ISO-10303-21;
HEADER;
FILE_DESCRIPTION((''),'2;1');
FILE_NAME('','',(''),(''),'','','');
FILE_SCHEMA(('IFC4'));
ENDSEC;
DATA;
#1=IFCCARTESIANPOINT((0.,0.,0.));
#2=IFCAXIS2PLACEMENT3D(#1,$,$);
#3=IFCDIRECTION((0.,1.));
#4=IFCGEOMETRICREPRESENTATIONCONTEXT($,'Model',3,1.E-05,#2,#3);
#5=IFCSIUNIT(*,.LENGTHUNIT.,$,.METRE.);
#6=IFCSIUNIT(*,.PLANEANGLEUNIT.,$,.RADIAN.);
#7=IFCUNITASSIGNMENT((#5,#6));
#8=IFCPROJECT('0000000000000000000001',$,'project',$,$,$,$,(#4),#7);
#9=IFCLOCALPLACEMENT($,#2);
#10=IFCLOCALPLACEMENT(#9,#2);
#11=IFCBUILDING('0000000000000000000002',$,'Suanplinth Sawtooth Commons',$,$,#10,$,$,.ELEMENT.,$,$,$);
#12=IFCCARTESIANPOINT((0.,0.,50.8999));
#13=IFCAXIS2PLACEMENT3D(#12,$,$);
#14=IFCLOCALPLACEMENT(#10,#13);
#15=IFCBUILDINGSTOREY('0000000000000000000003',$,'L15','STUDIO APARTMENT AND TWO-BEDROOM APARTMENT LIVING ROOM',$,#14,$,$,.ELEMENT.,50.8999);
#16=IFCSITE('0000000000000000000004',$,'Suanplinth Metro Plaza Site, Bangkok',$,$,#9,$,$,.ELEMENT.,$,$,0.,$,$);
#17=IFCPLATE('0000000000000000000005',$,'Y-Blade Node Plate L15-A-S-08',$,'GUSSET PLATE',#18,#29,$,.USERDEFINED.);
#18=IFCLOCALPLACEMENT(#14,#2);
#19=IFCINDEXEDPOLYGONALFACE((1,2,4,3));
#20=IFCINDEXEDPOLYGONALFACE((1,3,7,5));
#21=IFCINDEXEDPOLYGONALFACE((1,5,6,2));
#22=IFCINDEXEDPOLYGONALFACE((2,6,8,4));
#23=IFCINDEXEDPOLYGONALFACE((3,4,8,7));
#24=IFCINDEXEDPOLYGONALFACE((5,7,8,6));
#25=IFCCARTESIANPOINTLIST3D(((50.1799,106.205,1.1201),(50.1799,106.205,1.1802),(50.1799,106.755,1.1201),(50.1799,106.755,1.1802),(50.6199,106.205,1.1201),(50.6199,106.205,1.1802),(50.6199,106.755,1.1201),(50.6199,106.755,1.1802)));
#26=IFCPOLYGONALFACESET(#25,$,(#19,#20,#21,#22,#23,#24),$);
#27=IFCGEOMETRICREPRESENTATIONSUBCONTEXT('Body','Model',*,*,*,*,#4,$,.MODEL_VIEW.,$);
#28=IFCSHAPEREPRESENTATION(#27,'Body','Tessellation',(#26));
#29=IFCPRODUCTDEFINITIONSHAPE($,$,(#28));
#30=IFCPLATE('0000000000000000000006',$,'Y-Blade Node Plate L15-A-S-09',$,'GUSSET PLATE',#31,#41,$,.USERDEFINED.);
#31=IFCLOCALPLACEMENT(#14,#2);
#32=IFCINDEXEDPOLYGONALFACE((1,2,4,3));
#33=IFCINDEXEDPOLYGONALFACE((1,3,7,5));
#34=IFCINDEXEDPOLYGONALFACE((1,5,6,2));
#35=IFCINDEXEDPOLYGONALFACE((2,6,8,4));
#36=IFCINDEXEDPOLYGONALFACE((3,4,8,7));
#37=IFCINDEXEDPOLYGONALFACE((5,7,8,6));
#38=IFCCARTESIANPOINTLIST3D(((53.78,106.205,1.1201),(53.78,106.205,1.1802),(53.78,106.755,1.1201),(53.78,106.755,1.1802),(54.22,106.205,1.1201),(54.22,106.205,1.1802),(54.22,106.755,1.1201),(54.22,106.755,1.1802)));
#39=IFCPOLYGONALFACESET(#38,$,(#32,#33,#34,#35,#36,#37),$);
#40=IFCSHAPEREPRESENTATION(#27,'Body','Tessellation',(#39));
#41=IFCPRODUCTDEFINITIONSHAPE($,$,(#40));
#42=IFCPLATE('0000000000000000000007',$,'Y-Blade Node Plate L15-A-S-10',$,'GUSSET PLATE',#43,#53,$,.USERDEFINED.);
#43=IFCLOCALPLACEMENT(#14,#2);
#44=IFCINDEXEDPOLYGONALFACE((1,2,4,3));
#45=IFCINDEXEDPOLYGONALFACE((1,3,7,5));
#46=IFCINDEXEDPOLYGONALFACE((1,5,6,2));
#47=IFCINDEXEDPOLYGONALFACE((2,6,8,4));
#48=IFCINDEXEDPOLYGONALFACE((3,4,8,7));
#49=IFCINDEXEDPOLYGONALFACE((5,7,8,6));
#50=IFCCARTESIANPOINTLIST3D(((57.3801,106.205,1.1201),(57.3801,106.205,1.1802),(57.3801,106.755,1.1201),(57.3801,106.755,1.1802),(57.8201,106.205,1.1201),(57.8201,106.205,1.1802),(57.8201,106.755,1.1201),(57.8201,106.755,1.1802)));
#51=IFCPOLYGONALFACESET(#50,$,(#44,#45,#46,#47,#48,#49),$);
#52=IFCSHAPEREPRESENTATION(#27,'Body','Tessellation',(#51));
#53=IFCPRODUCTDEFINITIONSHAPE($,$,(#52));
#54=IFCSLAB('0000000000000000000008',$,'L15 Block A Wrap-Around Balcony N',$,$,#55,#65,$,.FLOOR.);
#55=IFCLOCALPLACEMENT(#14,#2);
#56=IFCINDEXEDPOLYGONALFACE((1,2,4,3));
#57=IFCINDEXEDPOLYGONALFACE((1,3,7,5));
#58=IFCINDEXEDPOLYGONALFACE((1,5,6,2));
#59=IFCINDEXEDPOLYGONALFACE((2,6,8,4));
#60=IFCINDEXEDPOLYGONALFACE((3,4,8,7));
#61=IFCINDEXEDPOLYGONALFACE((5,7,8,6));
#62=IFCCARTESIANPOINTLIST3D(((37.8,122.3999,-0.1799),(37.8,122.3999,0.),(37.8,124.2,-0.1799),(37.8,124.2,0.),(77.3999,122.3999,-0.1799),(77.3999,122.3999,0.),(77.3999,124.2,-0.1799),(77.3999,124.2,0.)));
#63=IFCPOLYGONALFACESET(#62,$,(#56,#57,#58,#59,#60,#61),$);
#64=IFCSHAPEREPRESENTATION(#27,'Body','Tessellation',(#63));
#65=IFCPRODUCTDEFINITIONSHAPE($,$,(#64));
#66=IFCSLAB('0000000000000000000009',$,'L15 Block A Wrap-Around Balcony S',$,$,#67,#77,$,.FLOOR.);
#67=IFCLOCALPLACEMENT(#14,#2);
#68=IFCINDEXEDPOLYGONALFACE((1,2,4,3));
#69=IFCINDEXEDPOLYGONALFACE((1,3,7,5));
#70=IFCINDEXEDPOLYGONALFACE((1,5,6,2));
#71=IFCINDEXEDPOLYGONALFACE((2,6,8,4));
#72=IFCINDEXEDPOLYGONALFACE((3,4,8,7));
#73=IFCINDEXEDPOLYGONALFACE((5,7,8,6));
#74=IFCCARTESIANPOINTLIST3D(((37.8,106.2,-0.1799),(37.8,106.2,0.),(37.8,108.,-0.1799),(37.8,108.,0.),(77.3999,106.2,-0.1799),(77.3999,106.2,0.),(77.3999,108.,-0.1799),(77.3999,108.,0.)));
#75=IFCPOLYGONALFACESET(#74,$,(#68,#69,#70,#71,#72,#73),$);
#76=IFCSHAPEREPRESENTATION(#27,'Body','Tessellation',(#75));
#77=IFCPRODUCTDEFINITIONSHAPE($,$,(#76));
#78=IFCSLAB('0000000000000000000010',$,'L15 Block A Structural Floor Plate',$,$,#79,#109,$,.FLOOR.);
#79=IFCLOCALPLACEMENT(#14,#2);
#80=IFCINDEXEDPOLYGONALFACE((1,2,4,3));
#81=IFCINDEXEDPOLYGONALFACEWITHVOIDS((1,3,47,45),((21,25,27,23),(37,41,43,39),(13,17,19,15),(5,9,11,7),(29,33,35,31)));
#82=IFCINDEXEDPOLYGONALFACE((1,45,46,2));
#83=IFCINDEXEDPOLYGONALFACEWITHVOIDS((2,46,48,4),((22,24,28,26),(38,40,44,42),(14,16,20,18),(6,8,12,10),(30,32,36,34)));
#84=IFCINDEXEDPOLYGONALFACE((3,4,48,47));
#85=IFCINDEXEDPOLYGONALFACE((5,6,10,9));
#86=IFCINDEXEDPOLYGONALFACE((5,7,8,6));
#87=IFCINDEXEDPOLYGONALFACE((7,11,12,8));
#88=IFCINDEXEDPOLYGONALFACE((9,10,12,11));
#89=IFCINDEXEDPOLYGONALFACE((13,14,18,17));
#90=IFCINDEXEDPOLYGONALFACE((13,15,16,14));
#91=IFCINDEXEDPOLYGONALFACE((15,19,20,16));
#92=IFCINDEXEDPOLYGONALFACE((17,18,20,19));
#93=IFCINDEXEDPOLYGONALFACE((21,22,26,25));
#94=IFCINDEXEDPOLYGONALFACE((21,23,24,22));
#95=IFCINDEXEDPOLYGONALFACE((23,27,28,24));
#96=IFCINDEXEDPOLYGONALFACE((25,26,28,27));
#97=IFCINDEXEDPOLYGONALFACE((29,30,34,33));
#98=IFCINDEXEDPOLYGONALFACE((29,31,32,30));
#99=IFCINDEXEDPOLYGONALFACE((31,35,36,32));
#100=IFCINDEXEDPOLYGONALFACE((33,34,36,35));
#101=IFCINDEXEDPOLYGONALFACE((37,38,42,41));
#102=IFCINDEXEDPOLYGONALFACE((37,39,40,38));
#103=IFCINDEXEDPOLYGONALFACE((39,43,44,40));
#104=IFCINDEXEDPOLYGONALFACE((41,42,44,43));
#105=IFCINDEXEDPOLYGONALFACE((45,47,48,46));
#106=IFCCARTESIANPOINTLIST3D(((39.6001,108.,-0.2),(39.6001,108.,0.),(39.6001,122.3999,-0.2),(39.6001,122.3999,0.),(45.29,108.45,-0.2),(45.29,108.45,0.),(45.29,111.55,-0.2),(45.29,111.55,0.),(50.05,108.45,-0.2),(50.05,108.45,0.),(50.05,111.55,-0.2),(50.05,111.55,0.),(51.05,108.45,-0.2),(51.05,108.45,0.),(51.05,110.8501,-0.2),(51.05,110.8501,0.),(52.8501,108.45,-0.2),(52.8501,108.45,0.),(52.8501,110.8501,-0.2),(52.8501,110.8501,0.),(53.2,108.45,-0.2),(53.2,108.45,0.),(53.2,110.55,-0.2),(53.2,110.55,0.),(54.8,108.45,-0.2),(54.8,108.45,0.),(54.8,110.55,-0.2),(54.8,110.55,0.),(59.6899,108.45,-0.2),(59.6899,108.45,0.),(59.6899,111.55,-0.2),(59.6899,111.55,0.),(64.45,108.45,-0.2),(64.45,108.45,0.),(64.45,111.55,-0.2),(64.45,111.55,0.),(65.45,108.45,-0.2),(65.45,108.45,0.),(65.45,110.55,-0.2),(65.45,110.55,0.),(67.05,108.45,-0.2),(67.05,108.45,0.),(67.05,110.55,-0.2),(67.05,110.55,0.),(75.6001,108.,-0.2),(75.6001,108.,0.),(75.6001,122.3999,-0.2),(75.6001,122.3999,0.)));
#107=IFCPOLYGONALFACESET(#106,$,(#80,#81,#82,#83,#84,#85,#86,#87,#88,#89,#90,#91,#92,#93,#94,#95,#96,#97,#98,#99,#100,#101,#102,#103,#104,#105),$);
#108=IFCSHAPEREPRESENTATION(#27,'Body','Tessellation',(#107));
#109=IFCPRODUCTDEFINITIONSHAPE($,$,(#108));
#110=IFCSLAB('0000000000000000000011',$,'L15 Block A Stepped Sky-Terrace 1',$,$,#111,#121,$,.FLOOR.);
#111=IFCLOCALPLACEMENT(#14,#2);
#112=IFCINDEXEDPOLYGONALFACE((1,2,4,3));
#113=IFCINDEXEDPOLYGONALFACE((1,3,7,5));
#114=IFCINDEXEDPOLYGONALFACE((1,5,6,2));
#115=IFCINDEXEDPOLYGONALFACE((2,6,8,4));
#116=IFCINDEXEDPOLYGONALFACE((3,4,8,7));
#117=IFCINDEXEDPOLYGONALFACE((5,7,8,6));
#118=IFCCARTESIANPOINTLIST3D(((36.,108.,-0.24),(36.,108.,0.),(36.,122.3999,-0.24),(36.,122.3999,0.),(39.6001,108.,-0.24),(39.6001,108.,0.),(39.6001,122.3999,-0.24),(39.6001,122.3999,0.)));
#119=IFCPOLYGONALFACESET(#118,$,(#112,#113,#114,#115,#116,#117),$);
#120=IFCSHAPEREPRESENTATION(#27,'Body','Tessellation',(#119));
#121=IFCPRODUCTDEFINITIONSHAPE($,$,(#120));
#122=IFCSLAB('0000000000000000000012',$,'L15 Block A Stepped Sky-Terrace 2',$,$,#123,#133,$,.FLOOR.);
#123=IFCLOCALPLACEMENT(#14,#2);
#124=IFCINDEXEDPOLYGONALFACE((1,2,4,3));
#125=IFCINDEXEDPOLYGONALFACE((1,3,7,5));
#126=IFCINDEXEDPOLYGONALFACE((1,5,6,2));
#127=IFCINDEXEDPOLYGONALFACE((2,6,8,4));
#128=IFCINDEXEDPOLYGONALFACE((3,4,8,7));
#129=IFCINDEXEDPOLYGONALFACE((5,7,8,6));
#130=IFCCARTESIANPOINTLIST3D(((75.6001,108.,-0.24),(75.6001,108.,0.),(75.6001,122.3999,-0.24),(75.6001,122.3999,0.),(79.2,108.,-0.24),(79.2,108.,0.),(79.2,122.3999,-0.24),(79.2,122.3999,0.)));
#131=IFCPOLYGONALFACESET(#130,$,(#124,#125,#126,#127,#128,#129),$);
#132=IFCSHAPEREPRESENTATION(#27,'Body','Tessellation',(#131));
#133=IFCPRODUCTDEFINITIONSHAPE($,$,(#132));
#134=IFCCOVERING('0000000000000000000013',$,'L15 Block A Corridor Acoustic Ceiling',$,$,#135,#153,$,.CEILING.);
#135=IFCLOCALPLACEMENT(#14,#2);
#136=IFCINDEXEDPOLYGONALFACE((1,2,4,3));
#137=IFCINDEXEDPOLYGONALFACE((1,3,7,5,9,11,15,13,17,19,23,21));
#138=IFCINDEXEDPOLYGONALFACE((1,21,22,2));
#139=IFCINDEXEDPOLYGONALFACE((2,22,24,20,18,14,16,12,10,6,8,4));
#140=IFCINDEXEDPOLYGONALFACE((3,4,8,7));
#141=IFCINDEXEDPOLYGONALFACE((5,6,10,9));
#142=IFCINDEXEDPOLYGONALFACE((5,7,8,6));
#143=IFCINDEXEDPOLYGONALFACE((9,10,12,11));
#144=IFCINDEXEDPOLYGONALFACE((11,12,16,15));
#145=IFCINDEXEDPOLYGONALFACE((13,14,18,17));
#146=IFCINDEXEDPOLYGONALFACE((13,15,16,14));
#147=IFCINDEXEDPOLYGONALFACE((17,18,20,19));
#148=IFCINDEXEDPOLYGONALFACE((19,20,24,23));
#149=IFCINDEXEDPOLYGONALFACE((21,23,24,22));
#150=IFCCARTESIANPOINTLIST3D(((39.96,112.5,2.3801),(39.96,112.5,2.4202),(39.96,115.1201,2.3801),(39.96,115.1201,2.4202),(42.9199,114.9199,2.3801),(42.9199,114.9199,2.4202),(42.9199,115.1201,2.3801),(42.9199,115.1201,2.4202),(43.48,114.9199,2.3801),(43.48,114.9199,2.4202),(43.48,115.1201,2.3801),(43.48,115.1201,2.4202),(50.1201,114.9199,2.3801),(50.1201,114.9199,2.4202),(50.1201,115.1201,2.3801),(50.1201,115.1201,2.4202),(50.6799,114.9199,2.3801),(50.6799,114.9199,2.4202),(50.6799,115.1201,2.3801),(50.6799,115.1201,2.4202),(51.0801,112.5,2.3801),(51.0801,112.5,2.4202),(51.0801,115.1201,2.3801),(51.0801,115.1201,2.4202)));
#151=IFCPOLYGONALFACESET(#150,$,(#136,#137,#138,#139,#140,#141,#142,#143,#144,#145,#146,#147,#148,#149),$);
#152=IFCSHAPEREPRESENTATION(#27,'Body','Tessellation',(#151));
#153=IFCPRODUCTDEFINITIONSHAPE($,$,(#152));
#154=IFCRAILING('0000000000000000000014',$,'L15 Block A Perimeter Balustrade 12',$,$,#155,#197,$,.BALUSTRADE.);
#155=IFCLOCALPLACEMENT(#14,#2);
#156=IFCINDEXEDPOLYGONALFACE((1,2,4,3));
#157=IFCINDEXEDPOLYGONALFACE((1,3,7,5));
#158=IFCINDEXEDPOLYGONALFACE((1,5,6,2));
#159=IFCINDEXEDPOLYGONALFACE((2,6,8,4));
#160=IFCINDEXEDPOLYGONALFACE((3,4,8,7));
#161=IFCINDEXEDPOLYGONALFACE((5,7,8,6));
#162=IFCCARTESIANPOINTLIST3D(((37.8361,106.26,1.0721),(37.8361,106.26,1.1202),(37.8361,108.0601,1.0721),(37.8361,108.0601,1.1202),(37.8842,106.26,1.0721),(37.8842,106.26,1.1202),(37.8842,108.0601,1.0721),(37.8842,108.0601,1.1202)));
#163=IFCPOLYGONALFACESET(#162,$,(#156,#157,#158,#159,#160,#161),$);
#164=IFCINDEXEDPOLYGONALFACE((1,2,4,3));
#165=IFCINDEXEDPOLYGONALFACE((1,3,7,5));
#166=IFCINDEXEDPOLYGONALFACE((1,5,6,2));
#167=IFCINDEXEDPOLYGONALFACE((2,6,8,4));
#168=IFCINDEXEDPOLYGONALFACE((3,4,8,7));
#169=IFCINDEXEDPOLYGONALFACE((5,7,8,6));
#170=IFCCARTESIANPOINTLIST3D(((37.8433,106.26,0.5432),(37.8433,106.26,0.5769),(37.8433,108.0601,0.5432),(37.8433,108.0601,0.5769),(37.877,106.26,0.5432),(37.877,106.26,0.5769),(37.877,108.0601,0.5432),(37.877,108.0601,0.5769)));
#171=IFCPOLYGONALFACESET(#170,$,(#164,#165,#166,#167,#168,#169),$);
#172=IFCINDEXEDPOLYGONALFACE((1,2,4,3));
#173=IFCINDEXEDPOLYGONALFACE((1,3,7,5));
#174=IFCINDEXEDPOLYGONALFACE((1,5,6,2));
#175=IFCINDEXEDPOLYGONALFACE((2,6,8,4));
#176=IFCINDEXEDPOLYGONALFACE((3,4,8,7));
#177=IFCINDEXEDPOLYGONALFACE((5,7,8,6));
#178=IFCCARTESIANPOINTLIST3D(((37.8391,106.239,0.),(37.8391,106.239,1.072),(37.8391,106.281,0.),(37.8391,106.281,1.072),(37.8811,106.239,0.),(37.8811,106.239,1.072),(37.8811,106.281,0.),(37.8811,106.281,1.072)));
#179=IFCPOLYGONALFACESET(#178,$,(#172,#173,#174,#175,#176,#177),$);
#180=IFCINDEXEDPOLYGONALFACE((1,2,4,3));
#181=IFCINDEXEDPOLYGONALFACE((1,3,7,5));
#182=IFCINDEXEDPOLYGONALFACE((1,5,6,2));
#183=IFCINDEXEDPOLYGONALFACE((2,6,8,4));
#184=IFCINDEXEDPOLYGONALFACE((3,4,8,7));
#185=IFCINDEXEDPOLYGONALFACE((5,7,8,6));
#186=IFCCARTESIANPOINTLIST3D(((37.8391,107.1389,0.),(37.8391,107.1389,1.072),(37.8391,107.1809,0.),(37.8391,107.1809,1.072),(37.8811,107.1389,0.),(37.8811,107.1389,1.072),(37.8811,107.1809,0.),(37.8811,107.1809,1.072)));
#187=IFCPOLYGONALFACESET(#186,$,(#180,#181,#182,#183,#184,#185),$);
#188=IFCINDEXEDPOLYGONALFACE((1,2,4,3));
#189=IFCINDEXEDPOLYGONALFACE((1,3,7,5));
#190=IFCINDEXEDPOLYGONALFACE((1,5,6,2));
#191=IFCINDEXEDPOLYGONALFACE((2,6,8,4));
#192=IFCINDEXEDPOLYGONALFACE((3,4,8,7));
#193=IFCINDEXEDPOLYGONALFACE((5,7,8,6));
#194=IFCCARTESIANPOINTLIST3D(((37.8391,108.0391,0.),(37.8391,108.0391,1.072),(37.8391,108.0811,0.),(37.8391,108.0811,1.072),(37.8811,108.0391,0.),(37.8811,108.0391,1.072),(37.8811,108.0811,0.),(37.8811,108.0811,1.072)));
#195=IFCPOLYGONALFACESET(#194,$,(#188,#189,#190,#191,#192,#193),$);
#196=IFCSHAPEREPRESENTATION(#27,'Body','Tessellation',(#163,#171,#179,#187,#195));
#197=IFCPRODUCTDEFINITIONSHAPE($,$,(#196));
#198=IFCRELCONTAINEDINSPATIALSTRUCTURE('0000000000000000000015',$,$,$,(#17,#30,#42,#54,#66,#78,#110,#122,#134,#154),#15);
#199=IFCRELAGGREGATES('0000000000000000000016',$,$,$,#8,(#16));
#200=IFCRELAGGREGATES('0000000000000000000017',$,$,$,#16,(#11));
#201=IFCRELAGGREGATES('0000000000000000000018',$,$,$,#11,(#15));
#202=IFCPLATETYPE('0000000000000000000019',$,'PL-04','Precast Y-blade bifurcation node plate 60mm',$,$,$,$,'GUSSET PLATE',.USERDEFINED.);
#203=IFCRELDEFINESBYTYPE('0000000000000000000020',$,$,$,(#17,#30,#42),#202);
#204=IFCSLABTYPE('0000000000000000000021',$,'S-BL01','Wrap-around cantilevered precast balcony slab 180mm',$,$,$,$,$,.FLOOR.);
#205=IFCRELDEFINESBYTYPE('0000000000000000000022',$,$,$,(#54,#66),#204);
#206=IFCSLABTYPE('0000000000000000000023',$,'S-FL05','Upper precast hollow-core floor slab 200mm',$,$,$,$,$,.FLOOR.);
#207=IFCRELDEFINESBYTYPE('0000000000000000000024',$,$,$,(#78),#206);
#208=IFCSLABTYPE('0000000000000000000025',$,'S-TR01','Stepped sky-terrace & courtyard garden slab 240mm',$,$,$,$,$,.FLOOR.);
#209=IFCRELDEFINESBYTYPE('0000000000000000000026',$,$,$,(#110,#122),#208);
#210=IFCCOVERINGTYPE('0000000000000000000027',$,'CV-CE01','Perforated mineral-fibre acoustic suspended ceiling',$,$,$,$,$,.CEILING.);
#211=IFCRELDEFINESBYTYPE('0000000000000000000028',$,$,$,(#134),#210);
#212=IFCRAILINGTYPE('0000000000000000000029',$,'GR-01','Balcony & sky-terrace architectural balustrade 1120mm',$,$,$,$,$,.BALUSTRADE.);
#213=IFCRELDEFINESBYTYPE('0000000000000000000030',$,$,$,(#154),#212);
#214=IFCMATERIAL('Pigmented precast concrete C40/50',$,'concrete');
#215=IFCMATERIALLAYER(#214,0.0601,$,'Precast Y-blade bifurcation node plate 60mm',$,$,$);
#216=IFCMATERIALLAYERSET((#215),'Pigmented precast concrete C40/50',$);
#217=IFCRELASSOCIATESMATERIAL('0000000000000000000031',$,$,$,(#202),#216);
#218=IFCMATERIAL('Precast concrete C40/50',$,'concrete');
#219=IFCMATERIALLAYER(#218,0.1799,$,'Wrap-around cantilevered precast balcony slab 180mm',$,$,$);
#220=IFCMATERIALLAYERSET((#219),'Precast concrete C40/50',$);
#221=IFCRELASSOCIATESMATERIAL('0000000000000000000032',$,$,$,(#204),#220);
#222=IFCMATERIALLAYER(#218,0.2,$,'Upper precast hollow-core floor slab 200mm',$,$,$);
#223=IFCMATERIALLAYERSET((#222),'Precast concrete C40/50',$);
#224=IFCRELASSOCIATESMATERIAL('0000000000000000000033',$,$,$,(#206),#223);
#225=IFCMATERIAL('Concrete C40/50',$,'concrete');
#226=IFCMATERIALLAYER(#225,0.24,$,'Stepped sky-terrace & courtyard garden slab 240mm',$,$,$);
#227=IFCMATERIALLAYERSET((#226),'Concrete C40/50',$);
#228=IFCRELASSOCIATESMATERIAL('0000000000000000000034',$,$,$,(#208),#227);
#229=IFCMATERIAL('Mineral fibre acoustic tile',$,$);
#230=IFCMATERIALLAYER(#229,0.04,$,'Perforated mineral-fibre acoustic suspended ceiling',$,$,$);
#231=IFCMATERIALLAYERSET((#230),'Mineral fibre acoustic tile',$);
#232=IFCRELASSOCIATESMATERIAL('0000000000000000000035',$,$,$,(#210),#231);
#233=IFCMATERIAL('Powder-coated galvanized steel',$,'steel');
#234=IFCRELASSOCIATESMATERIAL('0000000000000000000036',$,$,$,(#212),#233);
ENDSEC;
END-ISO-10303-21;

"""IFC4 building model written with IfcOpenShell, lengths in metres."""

from ifc_helpers import new_model, si_unit, direction, frame, origin, origin_2d, place, context, subcontext, project, spatial, polyline, rectangle, outline, extrude, material, layer, layer_set, type_object, element, save


model = new_model("IFC4")

# Units and contexts
model_context = context("Model", 3, precision=1e-05, world=origin(), true_north=direction((0.0, 1.0)))
body_context = subcontext(model_context, "Body", "Model", "MODEL_VIEW")
ifc_project = project(units=[si_unit("LENGTHUNIT", "METRE"), si_unit("PLANEANGLEUNIT", "RADIAN")], contexts=[model_context])

# Site, building, storey
site_placement = place(None, origin())
site = spatial("IfcSite", under=ifc_project, at=site_placement, Name="Suanplinth Metro Plaza Site, Bangkok", CompositionType="ELEMENT", RefElevation=0.0)
building_placement = place(site_placement, origin())
building = spatial("IfcBuilding", under=site, at=building_placement, Name="Suanplinth Sawtooth Commons", CompositionType="ELEMENT")
storey_placement = place(building_placement, frame((0.0, 0.0, 50.8999)))
storey = spatial("IfcBuildingStorey", under=building, at=storey_placement, Name="L15", Description="STUDIO APARTMENT AND TWO-BEDROOM APARTMENT LIVING ROOM", CompositionType="ELEMENT", Elevation=50.8999)

# Shared definitions
ifc_material_1 = material(Name="Precast concrete C40/50", Category="concrete")

# Shared definitions
ifc_material_2 = material(Name="Pigmented precast concrete C40/50", Category="concrete")

# Plates
ifc_layer_1 = layer(ifc_material_2, 0.0601, Name="Precast Y-blade bifurcation node plate 60mm")
ifc_layer_set_1 = layer_set([ifc_layer_1], Name="Pigmented precast concrete C40/50")
plate_type = type_object("IfcPlateType", Name="PL-04", Description="Precast Y-blade bifurcation node plate 60mm", ElementType="GUSSET PLATE", PredefinedType="USERDEFINED", material=ifc_layer_set_1)
for number, where, z_axis, x_axis, name in (
    (1, (50.3999, 106.48, 1.1201), (0.0, 0.0, 1.0), (1.0, 0.0, 0.0), "Y-Blade Node Plate L15-A-S-08"),
    (2, (54.0, 106.48, 1.1201), (0.0, 0.0, 1.0), (1.0, 0.0, 0.0), "Y-Blade Node Plate L15-A-S-09"),
    (3, (57.6001, 106.48, 1.1201), (0.0, 0.0, 1.0), (1.0, 0.0, 0.0), "Y-Blade Node Plate L15-A-S-10"),
):
    element("IfcPlate", number, at=place(storey_placement, frame(where, z_axis=z_axis, x_axis=x_axis)), inside=storey, type_object=plate_type, Name=name, ObjectType="GUSSET PLATE", PredefinedType="USERDEFINED", context=body_context, shape_type="SweptSolid", body=[
        extrude(rectangle(XDim=0.4399, YDim=0.55, at=origin_2d()), origin(), (0.0, 0.0, 1.0), 0.0601),
    ])

# Slabs
ifc_layer_2 = layer(ifc_material_1, 0.1799, Name="Wrap-around cantilevered precast balcony slab 180mm")
ifc_layer_set_2 = layer_set([ifc_layer_2], Name="Precast concrete C40/50")
slab_type_1 = type_object("IfcSlabType", Name="S-BL01", Description="Wrap-around cantilevered precast balcony slab 180mm", PredefinedType="FLOOR", material=ifc_layer_set_2)
slab_1_placement = place(storey_placement, frame((0.0, 0.0, -0.1799)))
element("IfcSlab", 4, at=slab_1_placement, inside=storey, type_object=slab_type_1, Name="L15 Block A Wrap-Around Balcony N", PredefinedType="FLOOR", context=body_context, shape_type="SweptSolid", body=[
    extrude(outline(polyline([(37.8, 124.2), (77.3999, 124.2), (77.3999, 122.3999), (37.8, 122.3999), (37.8, 124.2)])), origin(), (0.0, 0.0, 1.0), 0.1799),
])
slab_2_placement = place(storey_placement, frame((0.0, 0.0, -0.1799)))
element("IfcSlab", 5, at=slab_2_placement, inside=storey, type_object=slab_type_1, Name="L15 Block A Wrap-Around Balcony S", PredefinedType="FLOOR", context=body_context, shape_type="SweptSolid", body=[
    extrude(outline(polyline([(77.3999, 106.2), (37.8, 106.2), (37.8, 108.0), (77.3999, 108.0), (77.3999, 106.2)])), origin(), (0.0, 0.0, 1.0), 0.1799),
])
ifc_layer_3 = layer(ifc_material_1, 0.2, Name="Upper precast hollow-core floor slab 200mm")
ifc_layer_set_3 = layer_set([ifc_layer_3], Name="Precast concrete C40/50")
slab_type_2 = type_object("IfcSlabType", Name="S-FL05", Description="Upper precast hollow-core floor slab 200mm", PredefinedType="FLOOR", material=ifc_layer_set_3)
slab_3_placement = place(storey_placement, frame((0.0, 0.0, -0.2)))
element("IfcSlab", 6, at=slab_3_placement, inside=storey, type_object=slab_type_2, Name="L15 Block A Structural Floor Plate", PredefinedType="FLOOR", context=body_context, shape_type="SweptSolid", body=[
    extrude(outline(polyline([(39.6001, 108.0), (75.6001, 108.0), (75.6001, 122.3999), (39.6001, 122.3999), (39.6001, 108.0)]), holes=[polyline([(45.29, 108.45), (50.05, 108.45), (50.05, 111.55), (45.29, 111.55), (45.29, 108.45)]), polyline([(51.05, 108.45), (52.8501, 108.45), (52.8501, 110.8501), (51.05, 110.8501), (51.05, 108.45)]), polyline([(53.2, 108.45), (54.8, 108.45), (54.8, 110.55), (53.2, 110.55), (53.2, 108.45)]), polyline([(59.6899, 108.45), (64.45, 108.45), (64.45, 111.55), (59.6899, 111.55), (59.6899, 108.45)]), polyline([(65.45, 108.45), (67.05, 108.45), (67.05, 110.55), (65.45, 110.55), (65.45, 108.45)])]), origin(), (0.0, 0.0, 1.0), 0.2),
])
ifc_material_3 = material(Name="Concrete C40/50", Category="concrete")
ifc_layer_4 = layer(ifc_material_3, 0.24, Name="Stepped sky-terrace & courtyard garden slab 240mm")
ifc_layer_set_4 = layer_set([ifc_layer_4], Name="Concrete C40/50")
slab_type_3 = type_object("IfcSlabType", Name="S-TR01", Description="Stepped sky-terrace & courtyard garden slab 240mm", PredefinedType="FLOOR", material=ifc_layer_set_4)
slab_4_placement = place(storey_placement, frame((0.0, 0.0, -0.24)))
element("IfcSlab", 7, at=slab_4_placement, inside=storey, type_object=slab_type_3, Name="L15 Block A Stepped Sky-Terrace 1", PredefinedType="FLOOR", context=body_context, shape_type="SweptSolid", body=[
    extrude(outline(polyline([(36.0, 108.0), (36.0, 122.3999), (39.6001, 122.3999), (39.6001, 108.0), (36.0, 108.0)])), origin(), (0.0, 0.0, 1.0), 0.24),
])
slab_5_placement = place(storey_placement, frame((0.0, 0.0, -0.24)))
element("IfcSlab", 8, at=slab_5_placement, inside=storey, type_object=slab_type_3, Name="L15 Block A Stepped Sky-Terrace 2", PredefinedType="FLOOR", context=body_context, shape_type="SweptSolid", body=[
    extrude(outline(polyline([(79.2, 122.3999), (79.2, 108.0), (75.6001, 108.0), (75.6001, 122.3999), (79.2, 122.3999)])), origin(), (0.0, 0.0, 1.0), 0.24),
])

# Covering
ifc_material_4 = material(Name="Mineral fibre acoustic tile")
ifc_layer_5 = layer(ifc_material_4, 0.04, Name="Perforated mineral-fibre acoustic suspended ceiling")
ifc_layer_set_5 = layer_set([ifc_layer_5], Name="Mineral fibre acoustic tile")
covering_type = type_object("IfcCoveringType", Name="CV-CE01", Description="Perforated mineral-fibre acoustic suspended ceiling", PredefinedType="CEILING", material=ifc_layer_set_5)
covering_placement = place(storey_placement, frame((0.0, 0.0, 2.3801)))
element("IfcCovering", 9, at=covering_placement, inside=storey, type_object=covering_type, Name="L15 Block A Corridor Acoustic Ceiling", PredefinedType="CEILING", context=body_context, shape_type="SweptSolid", body=[
    extrude(outline(polyline([(39.96, 112.5), (39.96, 115.1201), (42.9199, 115.1201), (42.9199, 114.9199), (43.48, 114.9199), (43.48, 115.1201), (50.1201, 115.1201), (50.1201, 114.9199), (50.6799, 114.9199), (50.6799, 115.1201), (51.0801, 115.1201), (51.0801, 112.5), (39.96, 112.5)])), origin(), (0.0, 0.0, 1.0), 0.04),
])

# Railing
ifc_material_5 = material(Name="Powder-coated galvanized steel", Category="steel")
railing_type = type_object("IfcRailingType", Name="GR-01", Description="Balcony & sky-terrace architectural balustrade 1120mm", PredefinedType="BALUSTRADE", material=ifc_material_5)
railing_1_placement = place(storey_placement, frame((37.8601, 106.26, 0.0)))
element("IfcRailing", 10, at=railing_1_placement, inside=storey, type_object=railing_type, Name="L15 Block A Perimeter Balustrade 12", PredefinedType="BALUSTRADE", context=body_context, shape_type="SweptSolid", body=[
    extrude(rectangle(XDim=0.0481, YDim=0.0481, at=origin_2d()), frame((0.0, 0.0, 1.0962), z_axis=(0.0, 1.0, 0.0), x_axis=(-1.0, 0.0, 0.0)), (0.0, 0.0, 1.0), 1.8),
    extrude(rectangle(XDim=0.0337, YDim=0.0337, at=origin_2d()), frame((0.0, 0.0, 0.5601), z_axis=(0.0, 1.0, 0.0), x_axis=(-1.0, 0.0, 0.0)), (0.0, 0.0, 1.0), 1.8),
    extrude(rectangle(XDim=0.042, YDim=0.042, at=origin_2d()), origin(), (0.0, 0.0, 1.0), 1.072),
    extrude(rectangle(XDim=0.042, YDim=0.042, at=origin_2d()), frame((0.0, 0.8999, 0.0)), (0.0, 0.0, 1.0), 1.072),
    extrude(rectangle(XDim=0.042, YDim=0.042, at=origin_2d()), frame((0.0, 1.8, 0.0)), (0.0, 0.0, 1.0), 1.072),
])

save(model, "model.ifc")
